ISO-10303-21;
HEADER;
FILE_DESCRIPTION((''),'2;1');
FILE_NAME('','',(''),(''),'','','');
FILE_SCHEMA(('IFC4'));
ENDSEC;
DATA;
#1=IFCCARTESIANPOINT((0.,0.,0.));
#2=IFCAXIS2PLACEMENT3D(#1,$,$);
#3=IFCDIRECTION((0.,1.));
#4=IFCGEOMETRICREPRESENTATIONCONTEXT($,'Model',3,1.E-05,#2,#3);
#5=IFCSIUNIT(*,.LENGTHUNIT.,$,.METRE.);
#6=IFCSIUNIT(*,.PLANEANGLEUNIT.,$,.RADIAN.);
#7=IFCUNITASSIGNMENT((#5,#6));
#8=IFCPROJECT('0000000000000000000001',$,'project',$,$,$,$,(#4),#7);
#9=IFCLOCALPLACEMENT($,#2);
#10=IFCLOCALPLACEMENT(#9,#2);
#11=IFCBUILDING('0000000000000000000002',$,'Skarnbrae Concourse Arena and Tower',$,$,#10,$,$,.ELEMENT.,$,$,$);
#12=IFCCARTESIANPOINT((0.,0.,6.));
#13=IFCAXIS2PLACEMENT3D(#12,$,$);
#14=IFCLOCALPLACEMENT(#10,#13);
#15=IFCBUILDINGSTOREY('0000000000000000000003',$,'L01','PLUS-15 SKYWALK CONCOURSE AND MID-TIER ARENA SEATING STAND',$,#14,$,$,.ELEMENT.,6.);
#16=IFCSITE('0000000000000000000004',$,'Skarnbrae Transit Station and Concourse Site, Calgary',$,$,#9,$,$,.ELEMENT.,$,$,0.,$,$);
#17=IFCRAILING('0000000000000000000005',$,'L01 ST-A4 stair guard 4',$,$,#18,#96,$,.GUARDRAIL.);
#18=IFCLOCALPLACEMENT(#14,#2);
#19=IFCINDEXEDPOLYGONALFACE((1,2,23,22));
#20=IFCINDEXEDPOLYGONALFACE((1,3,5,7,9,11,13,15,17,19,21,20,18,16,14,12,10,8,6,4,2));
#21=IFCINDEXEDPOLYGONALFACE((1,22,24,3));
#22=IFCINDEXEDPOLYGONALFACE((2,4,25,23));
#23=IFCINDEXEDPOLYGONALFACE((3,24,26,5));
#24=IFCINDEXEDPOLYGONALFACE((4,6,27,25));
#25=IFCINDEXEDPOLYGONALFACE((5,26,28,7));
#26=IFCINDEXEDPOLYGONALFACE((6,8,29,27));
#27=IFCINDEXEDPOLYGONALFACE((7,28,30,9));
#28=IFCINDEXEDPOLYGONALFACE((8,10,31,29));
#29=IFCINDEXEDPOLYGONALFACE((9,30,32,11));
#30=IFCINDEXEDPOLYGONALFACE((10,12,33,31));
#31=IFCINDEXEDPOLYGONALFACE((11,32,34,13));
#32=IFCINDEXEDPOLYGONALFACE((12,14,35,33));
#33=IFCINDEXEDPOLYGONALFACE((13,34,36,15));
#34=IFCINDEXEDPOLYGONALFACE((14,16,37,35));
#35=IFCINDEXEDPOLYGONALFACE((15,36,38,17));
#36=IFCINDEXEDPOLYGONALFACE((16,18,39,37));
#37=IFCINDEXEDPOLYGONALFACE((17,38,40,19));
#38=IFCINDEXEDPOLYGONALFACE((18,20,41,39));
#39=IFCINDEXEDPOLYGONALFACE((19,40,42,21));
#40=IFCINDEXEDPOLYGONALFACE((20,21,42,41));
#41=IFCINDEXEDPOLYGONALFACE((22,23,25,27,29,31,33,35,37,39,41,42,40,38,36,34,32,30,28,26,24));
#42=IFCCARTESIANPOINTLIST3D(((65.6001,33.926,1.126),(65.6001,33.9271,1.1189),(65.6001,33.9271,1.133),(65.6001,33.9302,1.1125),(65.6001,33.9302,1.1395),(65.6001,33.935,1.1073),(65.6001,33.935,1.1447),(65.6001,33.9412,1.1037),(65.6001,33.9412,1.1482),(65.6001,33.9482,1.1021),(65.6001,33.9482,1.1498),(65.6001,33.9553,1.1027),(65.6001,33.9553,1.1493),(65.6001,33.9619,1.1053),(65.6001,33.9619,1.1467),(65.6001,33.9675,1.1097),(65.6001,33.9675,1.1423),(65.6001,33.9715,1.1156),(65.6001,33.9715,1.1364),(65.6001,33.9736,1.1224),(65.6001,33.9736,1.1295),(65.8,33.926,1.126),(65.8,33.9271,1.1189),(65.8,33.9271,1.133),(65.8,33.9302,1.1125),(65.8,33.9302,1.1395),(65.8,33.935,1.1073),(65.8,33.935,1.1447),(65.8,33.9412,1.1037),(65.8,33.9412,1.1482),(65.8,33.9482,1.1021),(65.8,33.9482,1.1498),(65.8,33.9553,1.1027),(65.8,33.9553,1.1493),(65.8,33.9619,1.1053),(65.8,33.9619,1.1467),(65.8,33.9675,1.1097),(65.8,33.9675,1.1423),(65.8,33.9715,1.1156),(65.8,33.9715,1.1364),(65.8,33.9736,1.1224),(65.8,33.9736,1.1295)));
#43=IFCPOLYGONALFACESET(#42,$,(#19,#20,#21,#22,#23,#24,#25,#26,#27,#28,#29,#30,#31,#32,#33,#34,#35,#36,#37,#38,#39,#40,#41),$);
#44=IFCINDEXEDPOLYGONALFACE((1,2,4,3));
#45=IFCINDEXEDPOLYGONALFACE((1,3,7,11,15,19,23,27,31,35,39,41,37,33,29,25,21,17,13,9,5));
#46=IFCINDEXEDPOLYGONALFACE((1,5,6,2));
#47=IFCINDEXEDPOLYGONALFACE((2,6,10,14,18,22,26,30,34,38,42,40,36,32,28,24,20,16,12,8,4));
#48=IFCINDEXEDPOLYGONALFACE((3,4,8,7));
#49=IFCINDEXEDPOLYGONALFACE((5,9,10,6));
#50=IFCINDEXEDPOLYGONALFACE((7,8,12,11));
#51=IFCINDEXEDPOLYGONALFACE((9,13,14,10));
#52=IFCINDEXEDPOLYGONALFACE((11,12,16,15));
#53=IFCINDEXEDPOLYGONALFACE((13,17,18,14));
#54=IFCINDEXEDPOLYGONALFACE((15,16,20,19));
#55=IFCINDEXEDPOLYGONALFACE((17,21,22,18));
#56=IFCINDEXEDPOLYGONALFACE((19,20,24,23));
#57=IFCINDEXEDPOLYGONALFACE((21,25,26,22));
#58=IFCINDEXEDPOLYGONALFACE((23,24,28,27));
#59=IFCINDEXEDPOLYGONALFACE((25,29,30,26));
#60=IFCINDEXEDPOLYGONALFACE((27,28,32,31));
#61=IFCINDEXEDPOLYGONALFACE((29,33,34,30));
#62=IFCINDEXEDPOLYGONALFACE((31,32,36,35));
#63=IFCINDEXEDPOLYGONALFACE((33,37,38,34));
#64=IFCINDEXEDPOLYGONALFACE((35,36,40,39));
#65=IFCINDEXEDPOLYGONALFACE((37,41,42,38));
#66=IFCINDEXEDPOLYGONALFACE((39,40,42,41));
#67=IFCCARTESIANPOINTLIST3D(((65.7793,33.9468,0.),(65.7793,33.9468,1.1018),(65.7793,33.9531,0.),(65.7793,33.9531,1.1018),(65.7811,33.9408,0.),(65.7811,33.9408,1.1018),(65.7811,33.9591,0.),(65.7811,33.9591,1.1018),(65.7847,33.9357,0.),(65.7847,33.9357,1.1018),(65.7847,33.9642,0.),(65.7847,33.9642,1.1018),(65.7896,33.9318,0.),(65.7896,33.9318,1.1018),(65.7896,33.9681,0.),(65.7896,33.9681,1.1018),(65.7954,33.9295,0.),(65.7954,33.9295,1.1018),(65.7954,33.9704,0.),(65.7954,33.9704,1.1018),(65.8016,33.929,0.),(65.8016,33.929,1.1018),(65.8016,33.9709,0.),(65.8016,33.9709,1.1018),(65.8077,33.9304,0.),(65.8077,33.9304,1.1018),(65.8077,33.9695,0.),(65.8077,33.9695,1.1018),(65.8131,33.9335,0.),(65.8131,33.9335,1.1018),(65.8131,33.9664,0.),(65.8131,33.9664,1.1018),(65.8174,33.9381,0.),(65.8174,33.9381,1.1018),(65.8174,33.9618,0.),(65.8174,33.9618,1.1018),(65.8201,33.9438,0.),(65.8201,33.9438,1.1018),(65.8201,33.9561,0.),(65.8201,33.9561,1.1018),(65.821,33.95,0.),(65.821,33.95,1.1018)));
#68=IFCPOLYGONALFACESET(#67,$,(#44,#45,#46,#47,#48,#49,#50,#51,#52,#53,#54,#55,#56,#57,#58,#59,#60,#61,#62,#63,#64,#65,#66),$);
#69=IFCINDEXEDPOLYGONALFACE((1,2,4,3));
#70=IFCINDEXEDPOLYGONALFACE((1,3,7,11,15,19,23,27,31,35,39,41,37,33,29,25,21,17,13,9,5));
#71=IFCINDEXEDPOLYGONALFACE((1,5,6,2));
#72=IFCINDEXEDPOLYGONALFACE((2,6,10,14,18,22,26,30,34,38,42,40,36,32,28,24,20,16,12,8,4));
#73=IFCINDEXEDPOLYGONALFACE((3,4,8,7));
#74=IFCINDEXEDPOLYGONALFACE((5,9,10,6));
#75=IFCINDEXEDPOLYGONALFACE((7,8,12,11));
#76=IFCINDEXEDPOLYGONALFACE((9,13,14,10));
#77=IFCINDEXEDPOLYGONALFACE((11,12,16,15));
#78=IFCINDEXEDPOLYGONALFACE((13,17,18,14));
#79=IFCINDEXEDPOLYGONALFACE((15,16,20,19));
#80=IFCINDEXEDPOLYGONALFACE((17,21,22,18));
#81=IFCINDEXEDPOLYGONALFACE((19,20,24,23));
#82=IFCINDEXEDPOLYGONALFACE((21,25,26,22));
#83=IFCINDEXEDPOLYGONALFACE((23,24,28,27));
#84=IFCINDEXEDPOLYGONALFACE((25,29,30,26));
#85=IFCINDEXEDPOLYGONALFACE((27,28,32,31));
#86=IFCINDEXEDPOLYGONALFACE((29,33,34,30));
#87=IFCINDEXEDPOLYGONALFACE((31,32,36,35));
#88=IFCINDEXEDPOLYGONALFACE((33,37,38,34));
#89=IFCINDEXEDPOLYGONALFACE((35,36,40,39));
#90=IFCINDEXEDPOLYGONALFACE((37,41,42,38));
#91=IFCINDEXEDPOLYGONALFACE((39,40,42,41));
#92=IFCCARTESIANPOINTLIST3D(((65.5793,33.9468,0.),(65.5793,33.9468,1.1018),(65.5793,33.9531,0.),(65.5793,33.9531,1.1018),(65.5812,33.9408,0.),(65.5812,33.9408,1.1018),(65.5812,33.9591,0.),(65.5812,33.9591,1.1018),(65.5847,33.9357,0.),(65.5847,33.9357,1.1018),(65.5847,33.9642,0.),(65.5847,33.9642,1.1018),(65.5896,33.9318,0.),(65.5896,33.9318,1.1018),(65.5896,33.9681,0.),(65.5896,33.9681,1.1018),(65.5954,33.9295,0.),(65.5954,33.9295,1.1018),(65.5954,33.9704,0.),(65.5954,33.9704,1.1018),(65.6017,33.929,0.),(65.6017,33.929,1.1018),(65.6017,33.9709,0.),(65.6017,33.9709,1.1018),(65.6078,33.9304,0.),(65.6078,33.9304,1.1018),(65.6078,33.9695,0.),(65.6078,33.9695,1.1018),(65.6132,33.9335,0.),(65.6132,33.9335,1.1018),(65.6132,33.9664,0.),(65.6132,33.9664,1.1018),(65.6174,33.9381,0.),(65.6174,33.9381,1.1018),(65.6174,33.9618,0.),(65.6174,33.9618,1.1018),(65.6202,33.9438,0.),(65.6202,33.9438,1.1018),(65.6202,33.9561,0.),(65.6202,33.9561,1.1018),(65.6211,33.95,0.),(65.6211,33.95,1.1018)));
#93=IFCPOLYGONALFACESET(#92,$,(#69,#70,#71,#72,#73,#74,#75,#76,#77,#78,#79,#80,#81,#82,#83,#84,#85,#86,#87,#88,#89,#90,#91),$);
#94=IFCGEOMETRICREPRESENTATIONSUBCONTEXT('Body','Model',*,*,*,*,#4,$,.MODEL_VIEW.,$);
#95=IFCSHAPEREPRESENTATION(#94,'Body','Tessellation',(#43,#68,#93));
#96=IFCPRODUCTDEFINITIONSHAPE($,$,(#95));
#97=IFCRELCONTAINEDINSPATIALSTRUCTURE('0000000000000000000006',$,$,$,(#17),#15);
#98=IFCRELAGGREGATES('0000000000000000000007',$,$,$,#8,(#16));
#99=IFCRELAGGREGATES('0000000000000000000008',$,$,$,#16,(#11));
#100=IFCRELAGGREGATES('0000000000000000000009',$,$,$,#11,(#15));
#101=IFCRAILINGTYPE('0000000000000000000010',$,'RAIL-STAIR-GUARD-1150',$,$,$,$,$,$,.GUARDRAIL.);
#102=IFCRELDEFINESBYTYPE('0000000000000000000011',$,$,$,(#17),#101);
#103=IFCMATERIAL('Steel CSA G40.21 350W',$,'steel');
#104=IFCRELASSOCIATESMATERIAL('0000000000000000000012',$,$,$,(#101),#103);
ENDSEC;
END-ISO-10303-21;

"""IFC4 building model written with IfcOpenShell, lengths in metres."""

from ifc_helpers import new_model, si_unit, direction, frame, origin, origin_2d, place, context, subcontext, project, spatial, circle, extrude, material, type_object, element, save


model = new_model("IFC4")

# Units and contexts
model_context = context("Model", 3, precision=1e-05, world=origin(), true_north=direction((0.0, 1.0)))
body_context = subcontext(model_context, "Body", "Model", "MODEL_VIEW")
ifc_project = project(units=[si_unit("LENGTHUNIT", "METRE"), si_unit("PLANEANGLEUNIT", "RADIAN")], contexts=[model_context])

# Site, building, storey
site_placement = place(None, origin())
site = spatial("IfcSite", under=ifc_project, at=site_placement, Name="Skarnbrae Transit Station and Concourse Site, Calgary", CompositionType="ELEMENT", RefElevation=0.0)
building_placement = place(site_placement, origin())
building = spatial("IfcBuilding", under=site, at=building_placement, Name="Skarnbrae Concourse Arena and Tower", CompositionType="ELEMENT")
storey_placement = place(building_placement, frame((0.0, 0.0, 6.0)))
storey = spatial("IfcBuildingStorey", under=building, at=storey_placement, Name="L01", Description="PLUS-15 SKYWALK CONCOURSE AND MID-TIER ARENA SEATING STAND", CompositionType="ELEMENT", Elevation=6.0)

# Shared definitions
ifc_material_1 = material(Name="Steel CSA G40.21 350W", Category="steel")

# Railing
railing_type_1 = type_object("IfcRailingType", Name="RAIL-STAIR-GUARD-1150", PredefinedType="GUARDRAIL", material=ifc_material_1)
railing_1_placement = place(storey_placement, frame((65.8, 33.95, 0.0)))
element("IfcRailing", 1, at=railing_1_placement, inside=storey, type_object=railing_type_1, Name="L01 ST-A4 stair guard 4", PredefinedType="GUARDRAIL", context=body_context, shape_type="SweptSolid", body=[
    extrude(circle(Radius=0.0239, at=origin_2d()), frame((0.0, 0.0, 1.126), z_axis=(-1.0, 0.0, 0.0), x_axis=(0.0, -1.0, 0.0)), (0.0, 0.0, 1.0), 0.2),
    extrude(circle(Radius=0.021, at=origin_2d()), origin(), (0.0, 0.0, 1.0), 1.1018),
    extrude(circle(Radius=0.021, at=origin_2d()), frame((-0.2, 0.0, 0.0)), (0.0, 0.0, 1.0), 1.1018),
])

save(model, "model.ifc")
